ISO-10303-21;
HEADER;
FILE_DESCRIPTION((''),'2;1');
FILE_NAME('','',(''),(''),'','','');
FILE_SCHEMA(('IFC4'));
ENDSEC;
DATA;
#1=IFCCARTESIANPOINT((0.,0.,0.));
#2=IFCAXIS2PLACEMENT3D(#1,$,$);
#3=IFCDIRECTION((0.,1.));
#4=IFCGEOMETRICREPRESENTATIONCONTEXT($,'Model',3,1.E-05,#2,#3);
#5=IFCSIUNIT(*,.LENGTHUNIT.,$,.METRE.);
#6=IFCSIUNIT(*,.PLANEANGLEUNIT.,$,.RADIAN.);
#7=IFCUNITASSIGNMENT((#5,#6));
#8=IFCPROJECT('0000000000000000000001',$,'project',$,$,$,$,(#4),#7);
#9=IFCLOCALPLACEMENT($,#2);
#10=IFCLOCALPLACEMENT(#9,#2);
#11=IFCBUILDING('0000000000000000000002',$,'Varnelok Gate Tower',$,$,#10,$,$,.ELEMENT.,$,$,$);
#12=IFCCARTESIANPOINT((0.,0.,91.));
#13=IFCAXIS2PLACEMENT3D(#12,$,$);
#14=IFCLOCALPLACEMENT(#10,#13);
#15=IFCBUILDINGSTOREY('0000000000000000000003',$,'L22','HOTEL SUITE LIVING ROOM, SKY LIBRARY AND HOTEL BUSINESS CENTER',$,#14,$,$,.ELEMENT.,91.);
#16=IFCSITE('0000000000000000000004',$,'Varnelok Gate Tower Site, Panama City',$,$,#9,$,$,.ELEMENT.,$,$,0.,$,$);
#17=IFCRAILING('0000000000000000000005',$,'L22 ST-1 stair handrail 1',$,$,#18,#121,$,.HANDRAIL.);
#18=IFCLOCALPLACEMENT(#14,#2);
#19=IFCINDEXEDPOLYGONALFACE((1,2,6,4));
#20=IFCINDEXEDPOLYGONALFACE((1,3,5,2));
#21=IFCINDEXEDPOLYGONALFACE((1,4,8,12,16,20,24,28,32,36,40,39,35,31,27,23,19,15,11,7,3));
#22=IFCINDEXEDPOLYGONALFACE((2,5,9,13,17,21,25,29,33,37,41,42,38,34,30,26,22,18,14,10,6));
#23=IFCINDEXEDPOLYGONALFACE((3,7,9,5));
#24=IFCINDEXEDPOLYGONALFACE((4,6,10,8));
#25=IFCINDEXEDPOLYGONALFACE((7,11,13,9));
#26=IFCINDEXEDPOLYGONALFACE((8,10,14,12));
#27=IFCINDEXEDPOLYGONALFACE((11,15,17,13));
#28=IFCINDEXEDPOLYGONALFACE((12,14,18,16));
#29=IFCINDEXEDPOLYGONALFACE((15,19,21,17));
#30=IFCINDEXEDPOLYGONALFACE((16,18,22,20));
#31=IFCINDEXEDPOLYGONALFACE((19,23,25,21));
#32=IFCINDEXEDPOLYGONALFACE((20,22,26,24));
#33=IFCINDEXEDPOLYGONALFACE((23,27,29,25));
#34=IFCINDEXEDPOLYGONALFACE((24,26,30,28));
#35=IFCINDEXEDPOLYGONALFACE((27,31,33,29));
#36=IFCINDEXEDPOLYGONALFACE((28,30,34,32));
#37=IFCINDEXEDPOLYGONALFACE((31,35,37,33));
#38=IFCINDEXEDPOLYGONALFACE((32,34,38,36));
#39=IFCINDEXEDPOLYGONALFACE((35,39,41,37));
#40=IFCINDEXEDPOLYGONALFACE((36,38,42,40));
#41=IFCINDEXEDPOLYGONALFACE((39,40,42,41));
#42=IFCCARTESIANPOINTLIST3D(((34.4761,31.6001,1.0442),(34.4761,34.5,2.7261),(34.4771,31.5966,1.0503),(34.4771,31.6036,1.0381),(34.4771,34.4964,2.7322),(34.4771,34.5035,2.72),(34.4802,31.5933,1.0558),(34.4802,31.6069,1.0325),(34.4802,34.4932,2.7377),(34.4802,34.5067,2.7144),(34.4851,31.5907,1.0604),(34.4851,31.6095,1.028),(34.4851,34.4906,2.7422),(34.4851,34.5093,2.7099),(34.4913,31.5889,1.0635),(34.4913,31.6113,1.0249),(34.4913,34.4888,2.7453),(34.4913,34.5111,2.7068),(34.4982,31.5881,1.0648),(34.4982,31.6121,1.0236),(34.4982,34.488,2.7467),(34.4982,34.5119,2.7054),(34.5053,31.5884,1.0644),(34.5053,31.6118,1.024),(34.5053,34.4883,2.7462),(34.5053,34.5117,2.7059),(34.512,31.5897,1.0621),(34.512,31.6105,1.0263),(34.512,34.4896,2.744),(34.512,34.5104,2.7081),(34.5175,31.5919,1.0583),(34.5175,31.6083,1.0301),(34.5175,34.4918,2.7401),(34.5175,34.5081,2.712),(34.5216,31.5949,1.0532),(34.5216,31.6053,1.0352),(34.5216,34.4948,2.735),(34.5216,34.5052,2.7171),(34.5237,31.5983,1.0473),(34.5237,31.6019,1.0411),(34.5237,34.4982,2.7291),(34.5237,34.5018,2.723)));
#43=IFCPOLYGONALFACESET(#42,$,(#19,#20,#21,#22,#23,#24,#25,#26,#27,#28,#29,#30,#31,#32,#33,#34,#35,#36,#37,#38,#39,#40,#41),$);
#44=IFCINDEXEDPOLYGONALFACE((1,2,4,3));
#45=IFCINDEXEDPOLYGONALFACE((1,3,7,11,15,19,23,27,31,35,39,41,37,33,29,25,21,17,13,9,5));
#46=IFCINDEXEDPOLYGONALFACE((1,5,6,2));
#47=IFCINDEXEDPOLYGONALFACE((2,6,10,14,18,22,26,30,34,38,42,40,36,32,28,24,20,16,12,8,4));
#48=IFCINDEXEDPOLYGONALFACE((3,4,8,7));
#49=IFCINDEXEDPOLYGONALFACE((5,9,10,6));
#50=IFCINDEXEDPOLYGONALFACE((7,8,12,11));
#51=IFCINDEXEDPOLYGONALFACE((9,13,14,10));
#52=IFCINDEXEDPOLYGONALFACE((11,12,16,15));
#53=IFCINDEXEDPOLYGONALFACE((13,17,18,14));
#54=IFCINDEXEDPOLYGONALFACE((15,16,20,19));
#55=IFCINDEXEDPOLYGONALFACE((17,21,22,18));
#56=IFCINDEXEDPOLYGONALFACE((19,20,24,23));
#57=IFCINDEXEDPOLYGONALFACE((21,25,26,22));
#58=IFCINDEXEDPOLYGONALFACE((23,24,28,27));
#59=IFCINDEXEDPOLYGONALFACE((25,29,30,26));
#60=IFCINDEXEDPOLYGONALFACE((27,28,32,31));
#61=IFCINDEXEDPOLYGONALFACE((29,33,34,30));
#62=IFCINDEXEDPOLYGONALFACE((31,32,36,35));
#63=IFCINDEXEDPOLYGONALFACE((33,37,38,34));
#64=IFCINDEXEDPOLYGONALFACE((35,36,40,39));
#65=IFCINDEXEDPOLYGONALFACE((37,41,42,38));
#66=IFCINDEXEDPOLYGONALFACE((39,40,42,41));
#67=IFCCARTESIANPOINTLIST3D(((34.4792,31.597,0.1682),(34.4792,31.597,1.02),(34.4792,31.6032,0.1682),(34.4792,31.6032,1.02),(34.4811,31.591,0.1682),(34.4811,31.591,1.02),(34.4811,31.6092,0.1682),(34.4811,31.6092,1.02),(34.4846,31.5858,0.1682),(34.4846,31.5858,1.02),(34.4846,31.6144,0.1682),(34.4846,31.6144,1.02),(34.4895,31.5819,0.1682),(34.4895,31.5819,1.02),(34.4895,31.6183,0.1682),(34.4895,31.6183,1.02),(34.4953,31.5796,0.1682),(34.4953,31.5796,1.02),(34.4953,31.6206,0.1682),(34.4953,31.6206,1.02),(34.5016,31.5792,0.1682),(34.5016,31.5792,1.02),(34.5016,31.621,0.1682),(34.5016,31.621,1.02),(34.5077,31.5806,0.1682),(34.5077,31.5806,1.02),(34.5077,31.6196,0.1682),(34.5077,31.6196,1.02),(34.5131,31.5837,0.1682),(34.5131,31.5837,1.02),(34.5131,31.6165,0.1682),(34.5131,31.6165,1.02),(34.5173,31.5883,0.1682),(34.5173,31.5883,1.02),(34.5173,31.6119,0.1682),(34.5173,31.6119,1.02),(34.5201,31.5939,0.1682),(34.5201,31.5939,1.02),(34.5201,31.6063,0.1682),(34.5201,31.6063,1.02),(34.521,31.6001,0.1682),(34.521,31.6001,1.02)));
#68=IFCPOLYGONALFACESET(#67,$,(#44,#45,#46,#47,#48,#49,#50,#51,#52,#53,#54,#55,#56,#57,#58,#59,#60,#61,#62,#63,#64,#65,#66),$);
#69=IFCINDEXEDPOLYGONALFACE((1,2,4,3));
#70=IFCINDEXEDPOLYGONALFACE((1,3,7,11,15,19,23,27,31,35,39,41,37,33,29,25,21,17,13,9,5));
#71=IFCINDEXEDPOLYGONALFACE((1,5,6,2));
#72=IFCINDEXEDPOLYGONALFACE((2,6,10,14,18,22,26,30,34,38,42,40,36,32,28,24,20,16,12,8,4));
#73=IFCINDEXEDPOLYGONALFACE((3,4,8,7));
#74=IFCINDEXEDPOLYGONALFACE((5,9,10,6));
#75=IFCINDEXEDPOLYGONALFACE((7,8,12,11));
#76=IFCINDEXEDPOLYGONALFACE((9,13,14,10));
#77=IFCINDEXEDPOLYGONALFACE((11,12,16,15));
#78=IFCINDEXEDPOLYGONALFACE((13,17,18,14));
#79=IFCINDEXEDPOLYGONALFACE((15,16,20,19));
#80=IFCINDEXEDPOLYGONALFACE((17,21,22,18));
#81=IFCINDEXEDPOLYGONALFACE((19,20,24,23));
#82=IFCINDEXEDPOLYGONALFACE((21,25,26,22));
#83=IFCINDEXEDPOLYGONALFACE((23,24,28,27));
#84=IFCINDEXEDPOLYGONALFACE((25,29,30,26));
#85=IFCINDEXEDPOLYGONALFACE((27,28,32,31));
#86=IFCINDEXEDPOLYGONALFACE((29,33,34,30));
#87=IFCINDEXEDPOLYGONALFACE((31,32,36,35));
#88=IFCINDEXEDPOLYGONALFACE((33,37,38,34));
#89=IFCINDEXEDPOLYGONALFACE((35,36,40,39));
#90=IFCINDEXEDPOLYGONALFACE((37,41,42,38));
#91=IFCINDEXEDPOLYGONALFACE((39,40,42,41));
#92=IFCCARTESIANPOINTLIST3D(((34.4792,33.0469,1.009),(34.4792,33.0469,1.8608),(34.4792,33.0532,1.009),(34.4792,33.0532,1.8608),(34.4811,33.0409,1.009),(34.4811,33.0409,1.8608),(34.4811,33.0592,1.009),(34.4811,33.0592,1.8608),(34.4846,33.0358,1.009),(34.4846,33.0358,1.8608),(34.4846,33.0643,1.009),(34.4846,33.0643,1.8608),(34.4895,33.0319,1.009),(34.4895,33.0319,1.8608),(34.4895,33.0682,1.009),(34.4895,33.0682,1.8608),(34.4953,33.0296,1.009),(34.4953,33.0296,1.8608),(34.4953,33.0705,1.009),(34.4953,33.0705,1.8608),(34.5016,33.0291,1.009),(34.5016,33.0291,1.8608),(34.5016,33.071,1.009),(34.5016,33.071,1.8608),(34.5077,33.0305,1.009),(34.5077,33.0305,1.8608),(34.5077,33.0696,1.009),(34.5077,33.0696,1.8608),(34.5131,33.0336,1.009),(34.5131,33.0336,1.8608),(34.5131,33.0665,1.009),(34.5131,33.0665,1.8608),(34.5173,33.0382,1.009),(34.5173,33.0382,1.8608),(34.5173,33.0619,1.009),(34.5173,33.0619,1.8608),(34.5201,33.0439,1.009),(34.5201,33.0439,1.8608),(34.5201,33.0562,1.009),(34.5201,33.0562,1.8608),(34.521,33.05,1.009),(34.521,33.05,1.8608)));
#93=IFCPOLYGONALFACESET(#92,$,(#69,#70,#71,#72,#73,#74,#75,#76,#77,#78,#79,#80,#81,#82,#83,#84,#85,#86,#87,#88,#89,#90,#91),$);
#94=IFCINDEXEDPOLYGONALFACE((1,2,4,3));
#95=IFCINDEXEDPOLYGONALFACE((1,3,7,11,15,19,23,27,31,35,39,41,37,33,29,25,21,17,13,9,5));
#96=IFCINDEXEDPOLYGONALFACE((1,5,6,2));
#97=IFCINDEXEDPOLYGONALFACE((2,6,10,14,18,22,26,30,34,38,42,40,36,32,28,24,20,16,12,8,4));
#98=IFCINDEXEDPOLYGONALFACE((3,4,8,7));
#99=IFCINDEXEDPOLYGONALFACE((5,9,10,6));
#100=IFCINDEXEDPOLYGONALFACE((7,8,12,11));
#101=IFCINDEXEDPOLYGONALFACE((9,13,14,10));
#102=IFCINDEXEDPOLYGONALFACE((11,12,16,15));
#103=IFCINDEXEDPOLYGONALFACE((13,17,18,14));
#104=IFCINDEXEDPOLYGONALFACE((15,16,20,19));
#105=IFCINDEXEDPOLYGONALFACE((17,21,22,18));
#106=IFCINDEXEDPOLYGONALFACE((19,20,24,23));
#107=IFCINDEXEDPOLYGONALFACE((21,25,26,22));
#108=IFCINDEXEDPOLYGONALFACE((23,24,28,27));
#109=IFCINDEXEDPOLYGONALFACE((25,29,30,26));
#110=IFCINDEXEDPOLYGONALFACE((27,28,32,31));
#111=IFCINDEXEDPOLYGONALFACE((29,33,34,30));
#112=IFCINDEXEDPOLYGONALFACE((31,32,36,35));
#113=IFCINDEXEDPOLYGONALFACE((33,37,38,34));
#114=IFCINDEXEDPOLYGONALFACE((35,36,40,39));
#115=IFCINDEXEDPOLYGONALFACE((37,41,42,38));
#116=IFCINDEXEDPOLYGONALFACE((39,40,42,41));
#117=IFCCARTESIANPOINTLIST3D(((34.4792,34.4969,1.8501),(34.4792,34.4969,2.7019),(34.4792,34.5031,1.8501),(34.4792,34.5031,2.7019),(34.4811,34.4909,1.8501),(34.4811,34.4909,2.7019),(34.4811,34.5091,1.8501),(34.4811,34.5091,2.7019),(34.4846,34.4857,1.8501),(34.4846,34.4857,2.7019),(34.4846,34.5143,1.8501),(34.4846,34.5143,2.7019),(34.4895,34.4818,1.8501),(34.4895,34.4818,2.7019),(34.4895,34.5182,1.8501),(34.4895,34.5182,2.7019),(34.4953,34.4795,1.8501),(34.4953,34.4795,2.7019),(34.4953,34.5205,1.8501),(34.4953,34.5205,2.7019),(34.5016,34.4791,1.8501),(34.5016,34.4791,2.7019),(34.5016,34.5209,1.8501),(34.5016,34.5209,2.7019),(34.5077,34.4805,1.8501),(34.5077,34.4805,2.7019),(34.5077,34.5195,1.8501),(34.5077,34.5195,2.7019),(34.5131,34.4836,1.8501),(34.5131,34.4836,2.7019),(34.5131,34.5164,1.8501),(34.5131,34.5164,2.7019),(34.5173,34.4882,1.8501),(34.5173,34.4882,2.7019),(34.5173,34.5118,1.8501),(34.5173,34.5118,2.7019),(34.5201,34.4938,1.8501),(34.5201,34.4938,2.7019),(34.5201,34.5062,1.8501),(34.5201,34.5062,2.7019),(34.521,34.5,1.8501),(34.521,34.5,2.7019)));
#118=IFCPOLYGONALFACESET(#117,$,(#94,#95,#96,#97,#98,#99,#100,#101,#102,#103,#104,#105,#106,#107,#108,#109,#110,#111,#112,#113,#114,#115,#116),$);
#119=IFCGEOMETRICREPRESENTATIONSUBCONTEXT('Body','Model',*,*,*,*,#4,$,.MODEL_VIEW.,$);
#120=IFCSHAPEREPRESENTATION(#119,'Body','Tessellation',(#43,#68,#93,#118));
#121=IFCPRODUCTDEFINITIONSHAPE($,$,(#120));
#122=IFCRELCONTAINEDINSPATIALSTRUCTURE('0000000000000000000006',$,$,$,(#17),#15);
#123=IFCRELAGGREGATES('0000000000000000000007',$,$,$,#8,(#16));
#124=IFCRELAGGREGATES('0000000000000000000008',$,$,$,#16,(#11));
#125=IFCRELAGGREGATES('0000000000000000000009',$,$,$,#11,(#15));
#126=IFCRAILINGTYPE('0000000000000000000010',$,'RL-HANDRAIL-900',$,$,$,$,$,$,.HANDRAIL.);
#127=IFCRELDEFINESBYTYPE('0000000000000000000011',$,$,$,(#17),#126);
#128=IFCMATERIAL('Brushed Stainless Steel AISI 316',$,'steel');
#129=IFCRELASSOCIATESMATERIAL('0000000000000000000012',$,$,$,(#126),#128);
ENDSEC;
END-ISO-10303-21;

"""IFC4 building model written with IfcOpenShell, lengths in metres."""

from ifc_helpers import new_model, si_unit, direction, frame, origin, origin_2d, place, context, subcontext, project, spatial, circle, extrude, material, type_object, element, save


model = new_model("IFC4")

# Units and contexts
model_context = context("Model", 3, precision=1e-05, world=origin(), true_north=direction((0.0, 1.0)))
body_context = subcontext(model_context, "Body", "Model", "MODEL_VIEW")
ifc_project = project(units=[si_unit("LENGTHUNIT", "METRE"), si_unit("PLANEANGLEUNIT", "RADIAN")], contexts=[model_context])

# Site, building, storey
site_placement = place(None, origin())
site = spatial("IfcSite", under=ifc_project, at=site_placement, Name="Varnelok Gate Tower Site, Panama City", CompositionType="ELEMENT", RefElevation=0.0)
building_placement = place(site_placement, origin())
building = spatial("IfcBuilding", under=site, at=building_placement, Name="Varnelok Gate Tower", CompositionType="ELEMENT")
storey_placement = place(building_placement, frame((0.0, 0.0, 91.0)))
storey = spatial("IfcBuildingStorey", under=building, at=storey_placement, Name="L22", Description="HOTEL SUITE LIVING ROOM, SKY LIBRARY AND HOTEL BUSINESS CENTER", CompositionType="ELEMENT", Elevation=91.0)

# Railing
ifc_material_1 = material(Name="Brushed Stainless Steel AISI 316", Category="steel")
railing_type_1 = type_object("IfcRailingType", Name="RL-HANDRAIL-900", PredefinedType="HANDRAIL", material=ifc_material_1)
railing_1_placement = place(storey_placement, frame((34.5, 31.6001, 0.1682)))
element("IfcRailing", 1, at=railing_1_placement, inside=storey, type_object=railing_type_1, Name="L22 ST-1 stair handrail 1", PredefinedType="HANDRAIL", context=body_context, shape_type="SweptSolid", body=[
    extrude(circle(Radius=0.0239, at=origin_2d()), frame((0.0, 0.0, 0.876), z_axis=(0.0, 0.865039, 0.501705), x_axis=(-1.0, 0.0, 0.0)), (0.0, 0.0, 1.0), 3.3523),
    extrude(circle(Radius=0.021, at=origin_2d()), origin(), (0.0, 0.0, 1.0), 0.8518),
    extrude(circle(Radius=0.021, at=origin_2d()), frame((0.0, 1.45, 0.8408)), (0.0, 0.0, 1.0), 0.8518),
    extrude(circle(Radius=0.021, at=origin_2d()), frame((0.0, 2.8999, 1.6819)), (0.0, 0.0, 1.0), 0.8518),
])

save(model, "model.ifc")
